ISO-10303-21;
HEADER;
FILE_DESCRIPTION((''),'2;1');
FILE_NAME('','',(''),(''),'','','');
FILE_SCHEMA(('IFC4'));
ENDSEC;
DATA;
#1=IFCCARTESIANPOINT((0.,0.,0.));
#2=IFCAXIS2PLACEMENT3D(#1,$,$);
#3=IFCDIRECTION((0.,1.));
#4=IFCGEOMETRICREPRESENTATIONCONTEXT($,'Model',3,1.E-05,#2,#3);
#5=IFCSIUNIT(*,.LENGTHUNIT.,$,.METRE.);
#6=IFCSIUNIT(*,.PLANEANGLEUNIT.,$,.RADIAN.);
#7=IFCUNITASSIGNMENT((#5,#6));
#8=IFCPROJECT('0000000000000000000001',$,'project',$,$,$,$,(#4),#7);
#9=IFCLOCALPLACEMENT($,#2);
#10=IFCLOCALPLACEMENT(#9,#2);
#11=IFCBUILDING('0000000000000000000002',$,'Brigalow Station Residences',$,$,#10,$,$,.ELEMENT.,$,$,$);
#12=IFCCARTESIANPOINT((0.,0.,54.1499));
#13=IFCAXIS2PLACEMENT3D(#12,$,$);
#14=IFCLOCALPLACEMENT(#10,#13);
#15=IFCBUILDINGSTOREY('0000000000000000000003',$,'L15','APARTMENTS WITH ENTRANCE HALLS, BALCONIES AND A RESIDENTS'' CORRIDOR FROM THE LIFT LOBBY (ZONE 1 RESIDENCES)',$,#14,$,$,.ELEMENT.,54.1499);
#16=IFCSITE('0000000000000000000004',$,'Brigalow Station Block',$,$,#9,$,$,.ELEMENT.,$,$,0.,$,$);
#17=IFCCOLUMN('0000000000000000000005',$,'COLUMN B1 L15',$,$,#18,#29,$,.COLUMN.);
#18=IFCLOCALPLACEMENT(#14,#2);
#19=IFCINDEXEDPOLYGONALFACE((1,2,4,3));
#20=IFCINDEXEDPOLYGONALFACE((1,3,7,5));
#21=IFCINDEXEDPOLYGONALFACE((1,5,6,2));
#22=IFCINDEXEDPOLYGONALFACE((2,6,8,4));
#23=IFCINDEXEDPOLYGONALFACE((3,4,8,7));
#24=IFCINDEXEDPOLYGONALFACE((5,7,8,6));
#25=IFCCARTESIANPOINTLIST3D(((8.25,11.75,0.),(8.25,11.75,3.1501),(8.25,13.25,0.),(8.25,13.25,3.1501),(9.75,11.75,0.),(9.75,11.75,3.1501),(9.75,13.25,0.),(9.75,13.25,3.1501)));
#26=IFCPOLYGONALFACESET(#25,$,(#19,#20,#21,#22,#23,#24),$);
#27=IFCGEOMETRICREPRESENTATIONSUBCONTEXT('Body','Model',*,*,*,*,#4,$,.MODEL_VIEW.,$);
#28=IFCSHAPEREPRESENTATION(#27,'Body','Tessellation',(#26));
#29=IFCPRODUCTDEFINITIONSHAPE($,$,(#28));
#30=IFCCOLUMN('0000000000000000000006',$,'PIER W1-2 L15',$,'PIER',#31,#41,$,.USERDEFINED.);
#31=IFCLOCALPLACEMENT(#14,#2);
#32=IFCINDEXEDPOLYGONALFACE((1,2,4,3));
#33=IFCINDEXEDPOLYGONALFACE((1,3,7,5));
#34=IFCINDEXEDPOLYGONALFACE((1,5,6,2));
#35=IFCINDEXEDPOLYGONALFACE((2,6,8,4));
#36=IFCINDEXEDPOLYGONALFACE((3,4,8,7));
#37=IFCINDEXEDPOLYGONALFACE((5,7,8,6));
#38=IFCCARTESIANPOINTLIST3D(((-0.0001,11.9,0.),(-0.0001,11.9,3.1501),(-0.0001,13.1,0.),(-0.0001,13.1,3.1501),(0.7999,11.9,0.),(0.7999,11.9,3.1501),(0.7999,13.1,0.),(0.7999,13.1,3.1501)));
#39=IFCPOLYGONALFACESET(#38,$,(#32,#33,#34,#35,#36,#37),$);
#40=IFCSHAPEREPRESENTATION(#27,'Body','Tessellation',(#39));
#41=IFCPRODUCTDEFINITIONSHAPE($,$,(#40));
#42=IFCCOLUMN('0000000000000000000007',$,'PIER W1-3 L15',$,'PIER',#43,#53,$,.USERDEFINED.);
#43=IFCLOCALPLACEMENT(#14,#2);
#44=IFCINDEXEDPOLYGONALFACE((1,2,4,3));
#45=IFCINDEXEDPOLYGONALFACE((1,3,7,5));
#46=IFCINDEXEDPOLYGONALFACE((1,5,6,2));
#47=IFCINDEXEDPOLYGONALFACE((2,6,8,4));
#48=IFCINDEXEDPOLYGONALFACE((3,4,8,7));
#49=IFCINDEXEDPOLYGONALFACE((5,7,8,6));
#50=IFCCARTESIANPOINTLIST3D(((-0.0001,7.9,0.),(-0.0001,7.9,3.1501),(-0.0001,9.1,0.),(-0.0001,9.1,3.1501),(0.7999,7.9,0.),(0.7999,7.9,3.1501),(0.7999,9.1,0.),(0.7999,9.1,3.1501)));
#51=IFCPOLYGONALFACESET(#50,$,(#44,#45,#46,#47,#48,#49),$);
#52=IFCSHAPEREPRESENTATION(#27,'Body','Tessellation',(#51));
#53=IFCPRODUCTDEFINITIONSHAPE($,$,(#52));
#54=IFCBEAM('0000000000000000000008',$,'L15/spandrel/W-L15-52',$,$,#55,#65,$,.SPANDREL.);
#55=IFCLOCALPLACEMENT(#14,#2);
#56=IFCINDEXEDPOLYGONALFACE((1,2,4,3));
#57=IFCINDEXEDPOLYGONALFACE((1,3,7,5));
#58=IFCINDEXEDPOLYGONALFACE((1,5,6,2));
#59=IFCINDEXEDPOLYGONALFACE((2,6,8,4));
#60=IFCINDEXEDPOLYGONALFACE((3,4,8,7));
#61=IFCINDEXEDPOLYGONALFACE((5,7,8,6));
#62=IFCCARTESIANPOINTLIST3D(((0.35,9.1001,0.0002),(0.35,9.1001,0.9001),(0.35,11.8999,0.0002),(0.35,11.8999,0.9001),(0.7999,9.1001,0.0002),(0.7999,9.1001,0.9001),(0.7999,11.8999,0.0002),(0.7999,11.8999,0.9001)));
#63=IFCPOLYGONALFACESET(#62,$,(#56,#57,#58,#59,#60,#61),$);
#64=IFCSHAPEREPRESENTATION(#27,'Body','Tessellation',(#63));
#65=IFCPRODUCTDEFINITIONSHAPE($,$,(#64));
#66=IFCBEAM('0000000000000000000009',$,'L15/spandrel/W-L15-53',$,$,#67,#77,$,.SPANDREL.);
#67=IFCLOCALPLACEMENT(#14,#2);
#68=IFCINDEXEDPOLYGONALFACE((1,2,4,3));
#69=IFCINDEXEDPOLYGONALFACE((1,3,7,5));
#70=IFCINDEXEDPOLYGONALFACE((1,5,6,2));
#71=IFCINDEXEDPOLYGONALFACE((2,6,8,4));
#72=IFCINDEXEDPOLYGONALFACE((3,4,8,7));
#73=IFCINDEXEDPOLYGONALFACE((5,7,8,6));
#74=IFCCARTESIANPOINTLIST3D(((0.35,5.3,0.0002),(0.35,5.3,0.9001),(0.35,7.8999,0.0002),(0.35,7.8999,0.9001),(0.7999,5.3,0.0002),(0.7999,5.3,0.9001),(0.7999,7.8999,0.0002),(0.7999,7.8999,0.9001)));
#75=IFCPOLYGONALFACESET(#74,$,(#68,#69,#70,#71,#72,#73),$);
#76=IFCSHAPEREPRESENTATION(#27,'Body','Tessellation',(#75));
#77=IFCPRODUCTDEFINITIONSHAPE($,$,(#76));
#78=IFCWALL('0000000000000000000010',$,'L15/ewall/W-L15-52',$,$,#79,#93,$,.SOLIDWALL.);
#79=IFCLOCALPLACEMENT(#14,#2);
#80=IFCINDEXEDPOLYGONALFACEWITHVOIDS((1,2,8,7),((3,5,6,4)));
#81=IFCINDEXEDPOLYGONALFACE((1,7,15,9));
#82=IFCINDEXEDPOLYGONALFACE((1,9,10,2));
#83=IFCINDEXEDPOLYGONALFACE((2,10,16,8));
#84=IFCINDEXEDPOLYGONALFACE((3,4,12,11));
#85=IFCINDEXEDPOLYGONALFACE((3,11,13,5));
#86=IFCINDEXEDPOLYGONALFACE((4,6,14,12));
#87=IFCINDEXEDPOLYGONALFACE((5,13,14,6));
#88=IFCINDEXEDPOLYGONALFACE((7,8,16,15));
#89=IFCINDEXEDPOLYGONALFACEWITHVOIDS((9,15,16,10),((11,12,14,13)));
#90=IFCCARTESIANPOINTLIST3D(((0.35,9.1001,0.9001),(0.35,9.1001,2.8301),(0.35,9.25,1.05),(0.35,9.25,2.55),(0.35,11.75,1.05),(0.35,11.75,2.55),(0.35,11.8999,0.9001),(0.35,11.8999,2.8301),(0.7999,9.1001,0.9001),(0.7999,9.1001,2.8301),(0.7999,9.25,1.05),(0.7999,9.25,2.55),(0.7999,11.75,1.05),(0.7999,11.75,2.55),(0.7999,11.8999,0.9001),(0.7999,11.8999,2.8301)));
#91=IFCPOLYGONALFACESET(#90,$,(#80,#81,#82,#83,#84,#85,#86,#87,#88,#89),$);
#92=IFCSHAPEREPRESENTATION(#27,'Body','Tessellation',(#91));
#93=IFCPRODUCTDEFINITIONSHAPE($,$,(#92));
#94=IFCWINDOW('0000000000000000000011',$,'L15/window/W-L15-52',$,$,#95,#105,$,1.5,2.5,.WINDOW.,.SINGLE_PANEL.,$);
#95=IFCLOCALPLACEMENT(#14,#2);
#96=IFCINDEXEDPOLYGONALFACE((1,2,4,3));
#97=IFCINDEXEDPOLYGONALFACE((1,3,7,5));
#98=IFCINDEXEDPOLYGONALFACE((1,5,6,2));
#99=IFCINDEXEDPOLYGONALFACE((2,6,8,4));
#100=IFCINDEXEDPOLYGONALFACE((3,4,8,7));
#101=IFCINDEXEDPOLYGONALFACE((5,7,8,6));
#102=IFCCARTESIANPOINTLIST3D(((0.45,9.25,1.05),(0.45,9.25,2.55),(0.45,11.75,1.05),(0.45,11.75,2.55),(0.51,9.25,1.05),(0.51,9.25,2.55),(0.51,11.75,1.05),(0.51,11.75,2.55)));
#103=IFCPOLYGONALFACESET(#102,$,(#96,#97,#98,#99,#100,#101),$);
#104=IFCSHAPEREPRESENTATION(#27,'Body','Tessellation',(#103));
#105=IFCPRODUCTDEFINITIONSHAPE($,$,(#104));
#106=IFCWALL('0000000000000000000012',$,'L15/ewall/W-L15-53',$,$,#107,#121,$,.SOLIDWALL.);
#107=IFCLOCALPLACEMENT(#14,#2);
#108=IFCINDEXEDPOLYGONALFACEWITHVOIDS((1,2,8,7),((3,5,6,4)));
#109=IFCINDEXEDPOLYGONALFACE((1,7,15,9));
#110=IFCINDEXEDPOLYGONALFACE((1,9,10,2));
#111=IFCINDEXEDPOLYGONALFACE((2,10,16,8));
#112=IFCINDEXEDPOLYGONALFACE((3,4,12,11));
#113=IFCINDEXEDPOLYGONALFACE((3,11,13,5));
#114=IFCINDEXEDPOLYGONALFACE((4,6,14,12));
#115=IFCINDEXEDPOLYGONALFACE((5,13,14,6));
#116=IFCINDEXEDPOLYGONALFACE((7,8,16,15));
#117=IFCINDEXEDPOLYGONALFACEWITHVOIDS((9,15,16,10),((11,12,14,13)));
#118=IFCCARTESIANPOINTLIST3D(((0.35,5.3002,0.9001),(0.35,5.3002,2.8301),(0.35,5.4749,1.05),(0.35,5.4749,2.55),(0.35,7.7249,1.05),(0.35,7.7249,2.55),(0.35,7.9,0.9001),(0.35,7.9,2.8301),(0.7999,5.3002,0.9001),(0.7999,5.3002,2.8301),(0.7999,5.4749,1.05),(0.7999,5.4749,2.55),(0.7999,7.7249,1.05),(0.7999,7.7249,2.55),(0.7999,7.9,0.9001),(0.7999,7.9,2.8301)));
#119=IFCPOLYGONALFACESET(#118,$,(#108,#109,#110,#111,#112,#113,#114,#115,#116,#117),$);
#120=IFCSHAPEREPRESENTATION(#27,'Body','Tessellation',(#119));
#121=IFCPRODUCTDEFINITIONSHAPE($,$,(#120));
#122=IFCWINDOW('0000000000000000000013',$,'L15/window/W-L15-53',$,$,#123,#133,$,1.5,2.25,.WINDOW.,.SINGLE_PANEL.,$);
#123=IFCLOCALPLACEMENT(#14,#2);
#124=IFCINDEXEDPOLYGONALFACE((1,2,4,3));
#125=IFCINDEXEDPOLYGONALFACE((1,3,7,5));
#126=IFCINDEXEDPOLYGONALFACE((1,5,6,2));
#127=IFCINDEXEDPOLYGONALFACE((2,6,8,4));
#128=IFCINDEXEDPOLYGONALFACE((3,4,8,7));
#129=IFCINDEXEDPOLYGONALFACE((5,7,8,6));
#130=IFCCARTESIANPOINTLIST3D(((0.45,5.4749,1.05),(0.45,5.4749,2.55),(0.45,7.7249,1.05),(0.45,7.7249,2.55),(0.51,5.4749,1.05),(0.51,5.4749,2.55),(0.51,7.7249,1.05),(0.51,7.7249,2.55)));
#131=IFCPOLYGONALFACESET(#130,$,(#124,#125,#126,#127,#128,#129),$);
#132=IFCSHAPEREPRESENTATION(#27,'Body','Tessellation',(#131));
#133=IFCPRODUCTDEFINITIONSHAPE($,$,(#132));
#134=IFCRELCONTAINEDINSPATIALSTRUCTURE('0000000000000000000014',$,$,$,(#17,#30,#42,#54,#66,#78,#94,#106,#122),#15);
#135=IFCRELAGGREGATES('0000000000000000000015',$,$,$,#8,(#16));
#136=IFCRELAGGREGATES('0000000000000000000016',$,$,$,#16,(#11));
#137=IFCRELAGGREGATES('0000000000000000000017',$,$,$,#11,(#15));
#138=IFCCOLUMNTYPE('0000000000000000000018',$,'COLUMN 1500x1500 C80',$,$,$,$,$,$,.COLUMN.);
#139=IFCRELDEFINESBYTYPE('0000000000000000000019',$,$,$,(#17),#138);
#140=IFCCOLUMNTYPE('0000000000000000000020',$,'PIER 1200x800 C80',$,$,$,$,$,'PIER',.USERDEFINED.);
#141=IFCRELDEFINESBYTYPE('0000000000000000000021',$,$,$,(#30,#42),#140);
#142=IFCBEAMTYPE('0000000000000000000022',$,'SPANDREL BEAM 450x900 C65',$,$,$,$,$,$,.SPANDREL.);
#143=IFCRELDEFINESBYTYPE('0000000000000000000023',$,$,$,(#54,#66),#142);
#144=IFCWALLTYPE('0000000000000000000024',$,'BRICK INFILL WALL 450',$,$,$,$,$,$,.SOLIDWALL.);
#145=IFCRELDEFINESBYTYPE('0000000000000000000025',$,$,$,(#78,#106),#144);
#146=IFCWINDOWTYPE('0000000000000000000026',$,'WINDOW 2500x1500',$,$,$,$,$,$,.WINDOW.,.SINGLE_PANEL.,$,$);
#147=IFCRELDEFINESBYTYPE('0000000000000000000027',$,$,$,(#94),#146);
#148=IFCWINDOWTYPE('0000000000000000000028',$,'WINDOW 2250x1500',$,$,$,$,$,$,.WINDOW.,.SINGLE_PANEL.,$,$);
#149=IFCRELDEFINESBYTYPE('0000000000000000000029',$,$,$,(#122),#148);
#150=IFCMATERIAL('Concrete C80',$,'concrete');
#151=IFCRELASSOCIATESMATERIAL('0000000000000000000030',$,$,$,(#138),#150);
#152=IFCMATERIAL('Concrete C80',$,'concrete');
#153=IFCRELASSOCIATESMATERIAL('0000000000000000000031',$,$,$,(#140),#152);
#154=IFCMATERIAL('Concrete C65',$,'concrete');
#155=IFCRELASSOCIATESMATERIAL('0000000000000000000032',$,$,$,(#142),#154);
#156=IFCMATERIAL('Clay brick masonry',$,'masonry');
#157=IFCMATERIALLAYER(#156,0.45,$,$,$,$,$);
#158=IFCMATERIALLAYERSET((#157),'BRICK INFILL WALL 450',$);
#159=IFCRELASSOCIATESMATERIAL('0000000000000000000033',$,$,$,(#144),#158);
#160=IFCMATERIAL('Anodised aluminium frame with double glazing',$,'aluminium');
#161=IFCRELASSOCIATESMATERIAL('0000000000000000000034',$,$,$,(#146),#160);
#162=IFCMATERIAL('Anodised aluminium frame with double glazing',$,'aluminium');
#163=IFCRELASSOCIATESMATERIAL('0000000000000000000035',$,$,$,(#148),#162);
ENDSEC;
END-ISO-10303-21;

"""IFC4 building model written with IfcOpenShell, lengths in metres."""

from ifc_helpers import new_model, si_unit, direction, frame, frame_2d, origin, origin_2d, place, context, subcontext, project, spatial, rectangle, extrude, material, layer, layer_set, material_profile, profile_set, type_object, element, fill, save


model = new_model("IFC4")

# Units and contexts
model_context = context("Model", 3, precision=1e-05, world=origin(), true_north=direction((0.0, 1.0)))
body_context = subcontext(model_context, "Body", "Model", "MODEL_VIEW")
ifc_project = project(units=[si_unit("LENGTHUNIT", "METRE"), si_unit("PLANEANGLEUNIT", "RADIAN")], contexts=[model_context])

# Site, building, storey
site_placement = place(None, origin())
site = spatial("IfcSite", under=ifc_project, at=site_placement, Name="Brigalow Station Block", CompositionType="ELEMENT", RefElevation=0.0)
building_placement = place(site_placement, origin())
building = spatial("IfcBuilding", under=site, at=building_placement, Name="Brigalow Station Residences", CompositionType="ELEMENT")
storey_placement = place(building_placement, frame((0.0, 0.0, 54.1499)))
storey = spatial("IfcBuildingStorey", under=building, at=storey_placement, Name="L15", Description="APARTMENTS WITH ENTRANCE HALLS, BALCONIES AND A RESIDENTS' CORRIDOR FROM THE LIFT LOBBY (ZONE 1 RESIDENCES)", CompositionType="ELEMENT", Elevation=54.1499)

# Columns
ifc_material_1 = material(Name="Concrete C80", Category="concrete")
ifc_material_profile_1 = material_profile(ifc_material_1, rectangle(XDim=1.5, YDim=1.5, at=origin_2d()), Name="RC1500x1500")
ifc_profile_set_1 = profile_set([ifc_material_profile_1], Name="Concrete C80")
column_type_1 = type_object("IfcColumnType", Name="COLUMN 1500x1500 C80", PredefinedType="COLUMN", material=ifc_profile_set_1)
column_placement = place(storey_placement, frame((9.0, 12.5, 0.0), z_axis=(0.0, 0.0, 1.0), x_axis=(1.0, 0.0, 0.0)))
element("IfcColumn", 1, at=column_placement, inside=storey, type_object=column_type_1, Name="COLUMN B1 L15", PredefinedType="COLUMN", context=body_context, shape_type="SweptSolid", body=[
    extrude(rectangle(XDim=1.5, YDim=1.5, at=origin_2d()), origin(), (0.0, 0.0, 1.0), 3.1501),
])
ifc_material_2 = material(Name="Concrete C80", Category="concrete")
ifc_material_profile_2 = material_profile(ifc_material_2, rectangle(XDim=1.2, YDim=0.8, at=origin_2d()), Name="RC1200x800")
ifc_profile_set_2 = profile_set([ifc_material_profile_2], Name="Concrete C80")
column_type_2 = type_object("IfcColumnType", Name="PIER 1200x800 C80", ElementType="PIER", PredefinedType="USERDEFINED", material=ifc_profile_set_2)
for number, where, z_axis, x_axis, name in (
    (2, (0.3999, 12.5, 0.0), (0.0, 0.0, 1.0), (0.0, -1.0, 0.0), "PIER W1-2 L15"),
    (3, (0.3999, 8.5, 0.0), (0.0, 0.0, 1.0), (0.0, -1.0, 0.0), "PIER W1-3 L15"),
):
    element("IfcColumn", number, at=place(storey_placement, frame(where, z_axis=z_axis, x_axis=x_axis)), inside=storey, type_object=column_type_2, Name=name, ObjectType="PIER", PredefinedType="USERDEFINED", context=body_context, shape_type="SweptSolid", body=[
        extrude(rectangle(XDim=1.2, YDim=0.8, at=origin_2d()), origin(), (0.0, 0.0, 1.0), 3.1501),
    ])

# Beams
ifc_material_3 = material(Name="Concrete C65", Category="concrete")
ifc_material_profile_3 = material_profile(ifc_material_3, rectangle(XDim=0.45, YDim=0.8999, at=origin_2d()), Name="RC450x900")
ifc_profile_set_3 = profile_set([ifc_material_profile_3], Name="Concrete C65")
beam_type = type_object("IfcBeamType", Name="SPANDREL BEAM 450x900 C65", PredefinedType="SPANDREL", material=ifc_profile_set_3)
beam_1_placement = place(storey_placement, frame((0.575, 11.8999, 0.4502), z_axis=(0.0, -1.0, 0.0), x_axis=(1.0, 0.0, 0.0)))
element("IfcBeam", 4, at=beam_1_placement, inside=storey, type_object=beam_type, Name="L15/spandrel/W-L15-52", PredefinedType="SPANDREL", context=body_context, shape_type="SweptSolid", body=[
    extrude(rectangle(XDim=0.45, YDim=0.8999, at=origin_2d()), origin(), (0.0, 0.0, 1.0), 2.7998),
])
beam_2_placement = place(storey_placement, frame((0.575, 7.8999, 0.4502), z_axis=(0.0, -1.0, 0.0), x_axis=(1.0, 0.0, 0.0)))
element("IfcBeam", 5, at=beam_2_placement, inside=storey, type_object=beam_type, Name="L15/spandrel/W-L15-53", PredefinedType="SPANDREL", context=body_context, shape_type="SweptSolid", body=[
    extrude(rectangle(XDim=0.45, YDim=0.8999, at=origin_2d()), origin(), (0.0, 0.0, 1.0), 2.5999),
])

# Walls, openings, windows
ifc_material_4 = material(Name="Clay brick masonry", Category="masonry")
ifc_layer_1 = layer(ifc_material_4, 0.45)
ifc_layer_set_1 = layer_set([ifc_layer_1], Name="BRICK INFILL WALL 450")
wall_type_1 = type_object("IfcWallType", Name="BRICK INFILL WALL 450", PredefinedType="SOLIDWALL", material=ifc_layer_set_1)
wall_1_placement = place(storey_placement, frame((0.575, 11.8999, 0.9001), z_axis=(0.0, 0.0, 1.0), x_axis=(0.0, -1.0, 0.0)))
wall_1 = element("IfcWall", 6, at=wall_1_placement, inside=storey, type_object=wall_type_1, Name="L15/ewall/W-L15-52", PredefinedType="SOLIDWALL", context=body_context, shape_type="SweptSolid", body=[
    extrude(rectangle(XDim=2.7998, YDim=0.45, at=frame_2d((1.3999, 0.0))), origin(), (0.0, 0.0, 1.0), 1.9299),
])
opening_1_placement = place(wall_1_placement, frame((0.1499, 0.0, 0.1499)))
opening_1 = element("IfcOpeningElement", 7, at=opening_1_placement, cuts=wall_1, PredefinedType="OPENING", context=body_context, shape_type="SweptSolid", body=[
    extrude(rectangle(XDim=2.5, YDim=1.5, at=frame_2d((1.25, 0.75))), frame((0.0, 0.2349, 0.0), z_axis=(0.0, -1.0, 0.0), x_axis=(1.0, 0.0, 0.0)), (0.0, 0.0, 1.0), 0.47),
])
ifc_material_5 = material(Name="Anodised aluminium frame with double glazing", Category="aluminium")
window_type_1 = type_object("IfcWindowType", Name="WINDOW 2500x1500", PartitioningType="SINGLE_PANEL", PredefinedType="WINDOW", material=ifc_material_5)
window_1_placement = place(opening_1_placement, origin())
window_1 = element("IfcWindow", 8, at=window_1_placement, inside=storey, type_object=window_type_1, Name="L15/window/W-L15-52", OverallHeight=1.5, OverallWidth=2.5, PartitioningType="SINGLE_PANEL", PredefinedType="WINDOW", context=body_context, shape_type="SweptSolid", body=[
    extrude(rectangle(XDim=2.5, YDim=1.5, at=frame_2d((1.25, 0.75))), frame((0.0, -0.0649, 0.0), z_axis=(0.0, -1.0, 0.0), x_axis=(1.0, 0.0, 0.0)), (0.0, 0.0, 1.0), 0.0601),
])
fill(opening_1, window_1)
wall_2_placement = place(storey_placement, frame((0.575, 7.8999, 0.9001), z_axis=(0.0, 0.0, 1.0), x_axis=(0.0, -1.0, 0.0)))
wall_2 = element("IfcWall", 9, at=wall_2_placement, inside=storey, type_object=wall_type_1, Name="L15/ewall/W-L15-53", PredefinedType="SOLIDWALL", context=body_context, shape_type="SweptSolid", body=[
    extrude(rectangle(XDim=2.5999, YDim=0.45, at=frame_2d((1.2998, 0.0))), origin(), (0.0, 0.0, 1.0), 1.9299),
])
opening_2_placement = place(wall_2_placement, frame((0.175, 0.0, 0.1499)))
opening_2 = element("IfcOpeningElement", 10, at=opening_2_placement, cuts=wall_2, PredefinedType="OPENING", context=body_context, shape_type="SweptSolid", body=[
    extrude(rectangle(XDim=2.25, YDim=1.5, at=frame_2d((1.125, 0.75))), frame((0.0, 0.2349, 0.0), z_axis=(0.0, -1.0, 0.0), x_axis=(1.0, 0.0, 0.0)), (0.0, 0.0, 1.0), 0.47),
])
ifc_material_6 = material(Name="Anodised aluminium frame with double glazing", Category="aluminium")
window_type_2 = type_object("IfcWindowType", Name="WINDOW 2250x1500", PartitioningType="SINGLE_PANEL", PredefinedType="WINDOW", material=ifc_material_6)
window_2_placement = place(opening_2_placement, origin())
window_2 = element("IfcWindow", 11, at=window_2_placement, inside=storey, type_object=window_type_2, Name="L15/window/W-L15-53", OverallHeight=1.5, OverallWidth=2.25, PartitioningType="SINGLE_PANEL", PredefinedType="WINDOW", context=body_context, shape_type="SweptSolid", body=[
    extrude(rectangle(XDim=2.25, YDim=1.5, at=frame_2d((1.125, 0.75))), frame((0.0, -0.0649, 0.0), z_axis=(0.0, -1.0, 0.0), x_axis=(1.0, 0.0, 0.0)), (0.0, 0.0, 1.0), 0.0601),
])
fill(opening_2, window_2)

save(model, "model.ifc")
